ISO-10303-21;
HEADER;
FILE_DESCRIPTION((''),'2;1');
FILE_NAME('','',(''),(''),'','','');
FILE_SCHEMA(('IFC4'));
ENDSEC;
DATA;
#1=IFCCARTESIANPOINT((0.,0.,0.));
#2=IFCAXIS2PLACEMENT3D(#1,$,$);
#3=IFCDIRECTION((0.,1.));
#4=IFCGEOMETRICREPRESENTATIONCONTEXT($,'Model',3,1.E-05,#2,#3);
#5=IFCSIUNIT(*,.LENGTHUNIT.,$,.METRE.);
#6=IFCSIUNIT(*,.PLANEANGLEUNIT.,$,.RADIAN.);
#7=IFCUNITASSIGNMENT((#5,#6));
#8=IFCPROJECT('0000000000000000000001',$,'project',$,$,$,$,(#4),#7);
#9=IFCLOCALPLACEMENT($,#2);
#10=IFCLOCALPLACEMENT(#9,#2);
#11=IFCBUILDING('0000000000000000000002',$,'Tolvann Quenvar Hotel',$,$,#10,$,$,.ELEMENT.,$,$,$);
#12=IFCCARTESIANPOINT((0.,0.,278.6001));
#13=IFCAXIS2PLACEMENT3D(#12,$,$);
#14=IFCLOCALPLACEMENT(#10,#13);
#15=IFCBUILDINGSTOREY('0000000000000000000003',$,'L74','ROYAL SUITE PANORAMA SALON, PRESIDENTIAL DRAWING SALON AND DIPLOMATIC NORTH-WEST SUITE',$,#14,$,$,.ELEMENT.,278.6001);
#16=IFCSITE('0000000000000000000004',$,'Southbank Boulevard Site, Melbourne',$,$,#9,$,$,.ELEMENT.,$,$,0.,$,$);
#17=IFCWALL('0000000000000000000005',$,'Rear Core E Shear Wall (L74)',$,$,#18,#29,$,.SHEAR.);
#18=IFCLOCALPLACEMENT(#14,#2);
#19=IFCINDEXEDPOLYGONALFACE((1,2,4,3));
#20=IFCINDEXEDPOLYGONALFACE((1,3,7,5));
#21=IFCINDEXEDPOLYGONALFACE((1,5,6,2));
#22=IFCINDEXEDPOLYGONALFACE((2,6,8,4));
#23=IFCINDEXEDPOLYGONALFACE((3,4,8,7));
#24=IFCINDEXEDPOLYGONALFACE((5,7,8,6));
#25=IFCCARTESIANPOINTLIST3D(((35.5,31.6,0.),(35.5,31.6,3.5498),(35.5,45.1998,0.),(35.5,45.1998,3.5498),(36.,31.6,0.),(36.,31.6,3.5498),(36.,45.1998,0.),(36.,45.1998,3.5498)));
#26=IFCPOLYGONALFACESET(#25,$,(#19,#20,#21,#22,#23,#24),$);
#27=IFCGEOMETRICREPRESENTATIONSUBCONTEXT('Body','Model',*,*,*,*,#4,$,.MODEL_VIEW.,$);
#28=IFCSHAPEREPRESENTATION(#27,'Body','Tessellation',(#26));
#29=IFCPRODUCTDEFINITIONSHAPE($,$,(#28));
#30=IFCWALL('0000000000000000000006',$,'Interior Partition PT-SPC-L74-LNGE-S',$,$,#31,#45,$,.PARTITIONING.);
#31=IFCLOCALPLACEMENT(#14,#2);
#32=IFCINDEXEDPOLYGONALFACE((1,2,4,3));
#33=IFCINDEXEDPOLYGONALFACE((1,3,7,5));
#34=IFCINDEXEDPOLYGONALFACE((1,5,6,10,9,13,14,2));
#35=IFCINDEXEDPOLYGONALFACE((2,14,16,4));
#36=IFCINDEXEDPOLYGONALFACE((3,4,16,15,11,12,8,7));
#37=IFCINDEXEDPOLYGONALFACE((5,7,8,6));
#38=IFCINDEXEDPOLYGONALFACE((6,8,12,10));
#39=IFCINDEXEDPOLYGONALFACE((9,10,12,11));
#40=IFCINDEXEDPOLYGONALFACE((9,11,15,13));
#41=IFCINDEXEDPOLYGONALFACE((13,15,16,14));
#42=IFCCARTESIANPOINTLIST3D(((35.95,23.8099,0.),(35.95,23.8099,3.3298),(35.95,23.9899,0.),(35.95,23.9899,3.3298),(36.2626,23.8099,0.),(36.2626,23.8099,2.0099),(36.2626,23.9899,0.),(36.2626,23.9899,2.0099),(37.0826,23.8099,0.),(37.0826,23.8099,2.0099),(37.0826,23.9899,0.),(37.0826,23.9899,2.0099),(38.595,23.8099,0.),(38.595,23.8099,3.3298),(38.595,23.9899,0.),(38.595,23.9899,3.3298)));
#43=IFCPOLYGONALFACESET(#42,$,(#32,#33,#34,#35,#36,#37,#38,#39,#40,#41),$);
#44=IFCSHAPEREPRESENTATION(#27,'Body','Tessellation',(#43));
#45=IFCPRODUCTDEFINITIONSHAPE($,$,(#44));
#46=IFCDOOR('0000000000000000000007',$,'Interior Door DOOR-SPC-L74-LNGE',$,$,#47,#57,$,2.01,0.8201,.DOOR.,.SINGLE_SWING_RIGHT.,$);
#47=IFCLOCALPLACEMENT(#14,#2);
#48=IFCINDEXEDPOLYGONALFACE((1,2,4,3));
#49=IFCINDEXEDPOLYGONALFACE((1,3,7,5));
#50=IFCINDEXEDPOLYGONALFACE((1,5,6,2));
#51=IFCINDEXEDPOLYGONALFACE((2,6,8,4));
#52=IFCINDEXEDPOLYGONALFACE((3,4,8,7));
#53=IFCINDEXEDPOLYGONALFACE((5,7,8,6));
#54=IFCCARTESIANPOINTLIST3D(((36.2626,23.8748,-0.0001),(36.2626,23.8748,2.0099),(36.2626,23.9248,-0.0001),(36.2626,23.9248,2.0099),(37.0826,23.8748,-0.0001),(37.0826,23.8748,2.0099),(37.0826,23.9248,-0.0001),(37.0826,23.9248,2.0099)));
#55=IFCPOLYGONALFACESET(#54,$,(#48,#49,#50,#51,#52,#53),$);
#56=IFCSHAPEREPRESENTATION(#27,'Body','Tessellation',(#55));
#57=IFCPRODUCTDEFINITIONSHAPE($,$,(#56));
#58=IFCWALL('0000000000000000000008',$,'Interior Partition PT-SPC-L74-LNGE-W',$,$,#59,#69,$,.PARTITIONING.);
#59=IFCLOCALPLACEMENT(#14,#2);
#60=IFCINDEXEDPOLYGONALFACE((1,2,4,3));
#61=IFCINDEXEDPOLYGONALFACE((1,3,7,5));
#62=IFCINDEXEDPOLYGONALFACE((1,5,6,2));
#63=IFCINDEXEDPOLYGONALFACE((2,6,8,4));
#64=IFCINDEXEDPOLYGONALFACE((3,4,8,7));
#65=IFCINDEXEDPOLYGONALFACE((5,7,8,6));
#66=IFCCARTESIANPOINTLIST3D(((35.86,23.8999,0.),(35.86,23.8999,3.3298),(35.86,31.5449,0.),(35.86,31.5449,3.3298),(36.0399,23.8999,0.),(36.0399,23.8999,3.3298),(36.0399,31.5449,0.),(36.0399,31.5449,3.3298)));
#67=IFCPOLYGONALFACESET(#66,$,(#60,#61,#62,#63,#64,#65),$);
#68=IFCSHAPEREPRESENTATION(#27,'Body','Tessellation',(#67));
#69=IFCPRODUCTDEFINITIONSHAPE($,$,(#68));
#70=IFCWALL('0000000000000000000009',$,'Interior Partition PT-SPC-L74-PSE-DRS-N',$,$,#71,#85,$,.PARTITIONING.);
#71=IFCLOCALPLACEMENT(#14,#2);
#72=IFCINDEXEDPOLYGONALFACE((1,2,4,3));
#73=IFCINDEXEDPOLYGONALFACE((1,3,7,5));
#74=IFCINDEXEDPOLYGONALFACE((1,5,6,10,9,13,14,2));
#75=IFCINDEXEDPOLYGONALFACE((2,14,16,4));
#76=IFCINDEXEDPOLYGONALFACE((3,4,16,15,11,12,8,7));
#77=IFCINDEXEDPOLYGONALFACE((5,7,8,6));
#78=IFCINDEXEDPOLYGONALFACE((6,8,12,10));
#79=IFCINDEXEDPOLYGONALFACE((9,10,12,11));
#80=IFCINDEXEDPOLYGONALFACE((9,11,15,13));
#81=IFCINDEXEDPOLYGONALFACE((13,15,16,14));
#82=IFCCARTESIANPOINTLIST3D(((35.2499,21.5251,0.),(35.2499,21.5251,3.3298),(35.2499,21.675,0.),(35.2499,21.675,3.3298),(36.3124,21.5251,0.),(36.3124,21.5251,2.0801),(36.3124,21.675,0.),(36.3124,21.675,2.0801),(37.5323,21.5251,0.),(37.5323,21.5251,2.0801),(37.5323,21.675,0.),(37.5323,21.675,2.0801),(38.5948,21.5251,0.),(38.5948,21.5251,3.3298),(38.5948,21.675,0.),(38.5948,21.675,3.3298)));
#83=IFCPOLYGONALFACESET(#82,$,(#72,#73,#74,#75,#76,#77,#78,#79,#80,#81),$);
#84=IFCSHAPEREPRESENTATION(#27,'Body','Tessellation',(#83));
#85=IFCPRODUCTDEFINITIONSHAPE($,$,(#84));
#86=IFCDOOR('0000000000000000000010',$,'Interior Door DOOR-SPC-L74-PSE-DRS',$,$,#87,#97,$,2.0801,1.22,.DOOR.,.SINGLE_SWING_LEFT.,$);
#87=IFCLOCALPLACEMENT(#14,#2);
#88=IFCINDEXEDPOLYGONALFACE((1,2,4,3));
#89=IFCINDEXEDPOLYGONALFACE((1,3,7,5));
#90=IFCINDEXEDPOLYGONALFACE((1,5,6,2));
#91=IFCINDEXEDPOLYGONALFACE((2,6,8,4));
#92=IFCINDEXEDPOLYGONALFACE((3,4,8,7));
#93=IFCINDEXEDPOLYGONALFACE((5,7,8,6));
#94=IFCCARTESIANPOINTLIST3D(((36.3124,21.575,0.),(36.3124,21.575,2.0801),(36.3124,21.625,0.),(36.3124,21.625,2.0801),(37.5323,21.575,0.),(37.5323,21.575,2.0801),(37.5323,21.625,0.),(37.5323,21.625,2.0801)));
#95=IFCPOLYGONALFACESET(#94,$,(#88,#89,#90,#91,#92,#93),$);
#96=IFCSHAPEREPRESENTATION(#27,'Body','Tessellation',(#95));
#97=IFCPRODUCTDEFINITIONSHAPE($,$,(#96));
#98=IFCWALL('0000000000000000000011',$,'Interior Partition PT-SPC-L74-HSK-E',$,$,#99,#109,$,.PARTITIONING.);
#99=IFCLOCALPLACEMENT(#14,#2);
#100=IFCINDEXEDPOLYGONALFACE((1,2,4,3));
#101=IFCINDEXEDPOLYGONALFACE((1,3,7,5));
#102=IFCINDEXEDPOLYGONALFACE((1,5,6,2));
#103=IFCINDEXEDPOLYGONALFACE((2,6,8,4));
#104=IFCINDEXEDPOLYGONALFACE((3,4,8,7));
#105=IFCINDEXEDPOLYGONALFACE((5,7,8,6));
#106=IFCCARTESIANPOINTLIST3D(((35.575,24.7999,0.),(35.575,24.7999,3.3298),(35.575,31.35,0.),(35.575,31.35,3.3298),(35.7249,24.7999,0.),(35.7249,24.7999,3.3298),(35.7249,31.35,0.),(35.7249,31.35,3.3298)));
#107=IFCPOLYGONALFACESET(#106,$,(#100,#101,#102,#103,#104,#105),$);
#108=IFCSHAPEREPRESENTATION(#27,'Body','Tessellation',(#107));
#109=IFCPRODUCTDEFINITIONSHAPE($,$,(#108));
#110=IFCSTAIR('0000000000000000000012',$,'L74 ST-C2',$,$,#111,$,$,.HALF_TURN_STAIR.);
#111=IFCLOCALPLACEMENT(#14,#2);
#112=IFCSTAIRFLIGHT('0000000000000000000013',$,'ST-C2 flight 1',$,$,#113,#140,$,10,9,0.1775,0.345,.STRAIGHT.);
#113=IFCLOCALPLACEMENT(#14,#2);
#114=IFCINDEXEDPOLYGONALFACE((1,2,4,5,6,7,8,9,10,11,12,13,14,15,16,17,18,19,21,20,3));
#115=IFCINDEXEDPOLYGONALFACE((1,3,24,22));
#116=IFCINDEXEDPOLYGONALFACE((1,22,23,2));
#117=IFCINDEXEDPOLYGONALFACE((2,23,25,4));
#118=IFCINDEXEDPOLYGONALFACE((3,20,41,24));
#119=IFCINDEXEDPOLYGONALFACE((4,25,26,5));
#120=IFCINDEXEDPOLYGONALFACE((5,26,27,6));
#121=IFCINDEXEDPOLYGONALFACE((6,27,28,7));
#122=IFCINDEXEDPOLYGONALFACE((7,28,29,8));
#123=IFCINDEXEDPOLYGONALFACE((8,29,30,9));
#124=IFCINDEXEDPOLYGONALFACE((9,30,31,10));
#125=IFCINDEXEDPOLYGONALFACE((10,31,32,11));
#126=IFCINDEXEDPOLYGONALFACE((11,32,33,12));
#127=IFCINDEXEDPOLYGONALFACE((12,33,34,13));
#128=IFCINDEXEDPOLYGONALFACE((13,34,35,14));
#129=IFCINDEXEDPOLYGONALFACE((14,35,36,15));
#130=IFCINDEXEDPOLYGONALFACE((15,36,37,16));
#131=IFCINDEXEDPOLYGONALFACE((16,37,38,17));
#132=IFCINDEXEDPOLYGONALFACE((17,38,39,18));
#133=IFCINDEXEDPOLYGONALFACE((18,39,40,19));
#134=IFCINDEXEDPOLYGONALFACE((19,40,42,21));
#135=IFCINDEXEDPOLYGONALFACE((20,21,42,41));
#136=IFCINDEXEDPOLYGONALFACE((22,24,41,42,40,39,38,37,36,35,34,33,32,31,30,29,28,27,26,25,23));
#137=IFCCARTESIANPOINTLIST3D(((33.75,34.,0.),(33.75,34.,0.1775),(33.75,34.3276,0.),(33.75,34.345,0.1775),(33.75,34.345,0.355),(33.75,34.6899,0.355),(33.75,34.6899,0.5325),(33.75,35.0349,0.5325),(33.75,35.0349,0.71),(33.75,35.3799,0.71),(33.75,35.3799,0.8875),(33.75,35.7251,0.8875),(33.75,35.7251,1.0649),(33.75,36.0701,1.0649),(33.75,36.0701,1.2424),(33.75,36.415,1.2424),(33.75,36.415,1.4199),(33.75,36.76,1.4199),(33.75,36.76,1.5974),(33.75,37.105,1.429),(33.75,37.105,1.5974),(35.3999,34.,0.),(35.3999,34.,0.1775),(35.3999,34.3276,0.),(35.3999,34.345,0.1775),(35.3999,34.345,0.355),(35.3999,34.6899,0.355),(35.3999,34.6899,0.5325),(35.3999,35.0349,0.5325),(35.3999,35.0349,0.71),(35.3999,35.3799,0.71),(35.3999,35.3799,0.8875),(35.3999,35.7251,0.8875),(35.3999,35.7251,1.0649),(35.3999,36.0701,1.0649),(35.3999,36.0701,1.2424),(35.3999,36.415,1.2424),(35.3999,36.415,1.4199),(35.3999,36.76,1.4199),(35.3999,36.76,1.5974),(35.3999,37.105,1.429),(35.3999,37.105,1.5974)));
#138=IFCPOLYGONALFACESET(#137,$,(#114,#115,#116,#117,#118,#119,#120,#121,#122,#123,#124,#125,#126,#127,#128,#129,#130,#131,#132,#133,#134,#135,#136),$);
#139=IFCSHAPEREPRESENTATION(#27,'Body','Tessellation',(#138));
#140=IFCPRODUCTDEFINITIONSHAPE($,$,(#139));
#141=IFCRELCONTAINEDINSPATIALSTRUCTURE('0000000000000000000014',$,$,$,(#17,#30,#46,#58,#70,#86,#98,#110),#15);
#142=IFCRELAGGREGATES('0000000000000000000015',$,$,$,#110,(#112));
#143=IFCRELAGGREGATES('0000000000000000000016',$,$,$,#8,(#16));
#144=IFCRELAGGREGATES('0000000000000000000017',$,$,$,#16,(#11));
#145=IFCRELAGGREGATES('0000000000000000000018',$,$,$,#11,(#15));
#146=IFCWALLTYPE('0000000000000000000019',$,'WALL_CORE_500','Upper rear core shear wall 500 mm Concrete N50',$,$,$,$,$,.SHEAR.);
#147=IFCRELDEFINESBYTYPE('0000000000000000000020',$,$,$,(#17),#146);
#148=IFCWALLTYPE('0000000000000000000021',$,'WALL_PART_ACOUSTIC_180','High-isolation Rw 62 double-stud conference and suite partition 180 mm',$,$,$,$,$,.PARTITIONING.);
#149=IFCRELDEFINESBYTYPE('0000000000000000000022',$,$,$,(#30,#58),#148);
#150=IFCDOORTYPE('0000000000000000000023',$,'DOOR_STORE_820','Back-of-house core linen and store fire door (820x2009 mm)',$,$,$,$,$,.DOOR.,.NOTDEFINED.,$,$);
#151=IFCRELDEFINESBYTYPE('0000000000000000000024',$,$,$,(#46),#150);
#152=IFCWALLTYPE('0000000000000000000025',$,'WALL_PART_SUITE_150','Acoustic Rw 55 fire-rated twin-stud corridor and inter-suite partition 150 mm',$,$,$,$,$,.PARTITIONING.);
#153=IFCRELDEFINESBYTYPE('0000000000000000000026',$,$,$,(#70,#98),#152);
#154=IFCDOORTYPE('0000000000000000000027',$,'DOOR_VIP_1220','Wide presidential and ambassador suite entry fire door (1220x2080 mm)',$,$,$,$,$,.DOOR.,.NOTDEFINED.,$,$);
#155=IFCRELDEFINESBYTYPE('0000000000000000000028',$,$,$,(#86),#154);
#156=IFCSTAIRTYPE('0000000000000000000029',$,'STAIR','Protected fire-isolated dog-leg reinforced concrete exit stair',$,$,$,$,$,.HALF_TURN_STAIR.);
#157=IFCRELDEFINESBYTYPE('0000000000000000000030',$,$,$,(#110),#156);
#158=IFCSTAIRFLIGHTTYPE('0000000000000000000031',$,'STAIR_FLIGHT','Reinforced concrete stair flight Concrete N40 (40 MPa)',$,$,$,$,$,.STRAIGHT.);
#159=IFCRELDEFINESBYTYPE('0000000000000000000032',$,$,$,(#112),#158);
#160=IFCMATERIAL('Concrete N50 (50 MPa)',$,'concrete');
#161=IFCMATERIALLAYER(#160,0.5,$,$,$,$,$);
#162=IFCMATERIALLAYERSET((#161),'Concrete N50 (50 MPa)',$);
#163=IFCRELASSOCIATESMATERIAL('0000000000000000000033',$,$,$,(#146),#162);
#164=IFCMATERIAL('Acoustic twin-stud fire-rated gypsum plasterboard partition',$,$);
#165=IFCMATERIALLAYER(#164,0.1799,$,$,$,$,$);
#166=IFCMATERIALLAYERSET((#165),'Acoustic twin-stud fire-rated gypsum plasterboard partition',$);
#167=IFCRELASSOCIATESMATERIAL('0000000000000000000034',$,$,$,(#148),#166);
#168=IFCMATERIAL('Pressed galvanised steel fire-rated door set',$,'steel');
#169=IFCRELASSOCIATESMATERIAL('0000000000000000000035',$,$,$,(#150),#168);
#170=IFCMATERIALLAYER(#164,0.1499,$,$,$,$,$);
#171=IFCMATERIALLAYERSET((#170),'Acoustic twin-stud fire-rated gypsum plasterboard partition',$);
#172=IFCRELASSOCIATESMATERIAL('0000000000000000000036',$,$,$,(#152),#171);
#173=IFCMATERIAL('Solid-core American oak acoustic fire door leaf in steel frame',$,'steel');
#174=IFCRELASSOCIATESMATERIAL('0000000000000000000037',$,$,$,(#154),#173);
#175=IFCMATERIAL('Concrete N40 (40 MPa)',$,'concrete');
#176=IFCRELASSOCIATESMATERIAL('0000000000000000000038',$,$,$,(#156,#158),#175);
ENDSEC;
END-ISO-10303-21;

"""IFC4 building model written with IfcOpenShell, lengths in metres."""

from ifc_helpers import new_model, si_unit, direction, frame, frame_2d, origin, place, context, subcontext, project, spatial, polyline, rectangle, outline, extrude, source, transform, mapped, material, layer, layer_set, type_object, type_shapes, element, fill, aggregate, save


model = new_model("IFC4")

# Units and contexts
model_context = context("Model", 3, precision=1e-05, world=origin(), true_north=direction((0.0, 1.0)))
body_context = subcontext(model_context, "Body", "Model", "MODEL_VIEW")
ifc_project = project(units=[si_unit("LENGTHUNIT", "METRE"), si_unit("PLANEANGLEUNIT", "RADIAN")], contexts=[model_context])

# Site, building, storey
site_placement = place(None, origin())
site = spatial("IfcSite", under=ifc_project, at=site_placement, Name="Southbank Boulevard Site, Melbourne", CompositionType="ELEMENT", RefElevation=0.0)
building_placement = place(site_placement, origin())
building = spatial("IfcBuilding", under=site, at=building_placement, Name="Tolvann Quenvar Hotel", CompositionType="ELEMENT")
storey_placement = place(building_placement, frame((0.0, 0.0, 278.6001)))
storey = spatial("IfcBuildingStorey", under=building, at=storey_placement, Name="L74", Description="ROYAL SUITE PANORAMA SALON, PRESIDENTIAL DRAWING SALON AND DIPLOMATIC NORTH-WEST SUITE", CompositionType="ELEMENT", Elevation=278.6001)

# Wall
ifc_material_1 = material(Name="Concrete N50 (50 MPa)", Category="concrete")
ifc_layer_1 = layer(ifc_material_1, 0.5)
ifc_layer_set_1 = layer_set([ifc_layer_1], Name="Concrete N50 (50 MPa)")
wall_type_1 = type_object("IfcWallType", Name="WALL_CORE_500", Description="Upper rear core shear wall 500 mm Concrete N50", PredefinedType="SHEAR", material=ifc_layer_set_1)
wall_1_placement = place(storey_placement, frame((35.75, 31.6001, 0.0), z_axis=(0.0, 0.0, 1.0), x_axis=(0.0, 1.0, 0.0)))
element("IfcWall", 1, at=wall_1_placement, inside=storey, type_object=wall_type_1, Name="Rear Core E Shear Wall (L74)", PredefinedType="SHEAR", context=body_context, shape_type="SweptSolid", body=[
    extrude(rectangle(XDim=13.5999, YDim=0.5, at=frame_2d((6.7998, 0.0))), origin(), (0.0, 0.0, 1.0), 3.5498),
])

# Wall, opening, door
ifc_material_2 = material(Name="Acoustic twin-stud fire-rated gypsum plasterboard partition")
ifc_layer_2 = layer(ifc_material_2, 0.1799)
ifc_layer_set_2 = layer_set([ifc_layer_2], Name="Acoustic twin-stud fire-rated gypsum plasterboard partition")
wall_type_2 = type_object("IfcWallType", Name="WALL_PART_ACOUSTIC_180", Description="High-isolation Rw 62 double-stud conference and suite partition 180 mm", PredefinedType="PARTITIONING", material=ifc_layer_set_2)
wall_2_placement = place(storey_placement, frame((35.95, 23.8999, 0.0), z_axis=(0.0, 0.0, 1.0), x_axis=(1.0, 0.0, 0.0)))
wall_2 = element("IfcWall", 2, at=wall_2_placement, inside=storey, type_object=wall_type_2, Name="Interior Partition PT-SPC-L74-LNGE-S", PredefinedType="PARTITIONING", context=body_context, shape_type="SweptSolid", body=[
    extrude(rectangle(XDim=2.645, YDim=0.1799, at=frame_2d((1.3225, 0.0))), origin(), (0.0, 0.0, 1.0), 3.3298),
])
opening_1_placement = place(wall_2_placement, frame((0.3125, 0.0, 0.0)))
opening_1 = element("IfcOpeningElement", 3, at=opening_1_placement, cuts=wall_2, PredefinedType="OPENING", context=body_context, shape_type="SweptSolid", body=[
    extrude(rectangle(XDim=0.8201, YDim=2.01, at=frame_2d((0.4102, 1.0049))), frame((0.0, 0.1001, 0.0), z_axis=(0.0, -1.0, 0.0), x_axis=(1.0, 0.0, 0.0)), (0.0, 0.0, 1.0), 0.2),
])
ifc_material_3 = material(Name="Pressed galvanised steel fire-rated door set", Category="steel")
door_type_1 = type_object("IfcDoorType", Name="DOOR_STORE_820", Description="Back-of-house core linen and store fire door (820x2009 mm)", OperationType="NOTDEFINED", PredefinedType="DOOR", material=ifc_material_3)
shared_shape_1 = source(origin(), body_context, "Body", "SweptSolid", [
    extrude(rectangle(XDim=0.8201, YDim=2.01, at=frame_2d((0.4102, 1.0049))), frame((0.0, 0.0249, 0.0), z_axis=(0.0, -1.0, 0.0), x_axis=(1.0, 0.0, 0.0)), (0.0, 0.0, 1.0), 0.05),
])
type_shapes(door_type_1, [shared_shape_1])
door_1_placement = place(opening_1_placement, origin())
door_1 = element("IfcDoor", 4, at=door_1_placement, inside=storey, type_object=door_type_1, Name="Interior Door DOOR-SPC-L74-LNGE", OperationType="SINGLE_SWING_RIGHT", OverallHeight=2.01, OverallWidth=0.8201, PredefinedType="DOOR", context=body_context, shape_type="MappedRepresentation", body=[
    mapped(shared_shape_1, transform((0.0, 0.0, 0.0), x_axis=(1.0, 0.0, 0.0), y_axis=(0.0, 1.0, 0.0), z_axis=(0.0, 0.0, 1.0), scale=1.0)),
])
fill(opening_1, door_1)

# Wall
wall_3_placement = place(storey_placement, frame((35.95, 23.8999, 0.0), z_axis=(0.0, 0.0, 1.0), x_axis=(0.0, 1.0, 0.0)))
element("IfcWall", 5, at=wall_3_placement, inside=storey, type_object=wall_type_2, Name="Interior Partition PT-SPC-L74-LNGE-W", PredefinedType="PARTITIONING", context=body_context, shape_type="SweptSolid", body=[
    extrude(rectangle(XDim=7.645, YDim=0.1799, at=frame_2d((3.8225, 0.0))), origin(), (0.0, 0.0, 1.0), 3.3298),
])

# Wall, opening, door
ifc_layer_3 = layer(ifc_material_2, 0.1499)
ifc_layer_set_3 = layer_set([ifc_layer_3], Name="Acoustic twin-stud fire-rated gypsum plasterboard partition")
wall_type_3 = type_object("IfcWallType", Name="WALL_PART_SUITE_150", Description="Acoustic Rw 55 fire-rated twin-stud corridor and inter-suite partition 150 mm", PredefinedType="PARTITIONING", material=ifc_layer_set_3)
wall_4_placement = place(storey_placement, frame((35.25, 21.6001, 0.0), z_axis=(0.0, 0.0, 1.0), x_axis=(1.0, 0.0, 0.0)))
wall_4 = element("IfcWall", 6, at=wall_4_placement, inside=storey, type_object=wall_type_3, Name="Interior Partition PT-SPC-L74-PSE-DRS-N", PredefinedType="PARTITIONING", context=body_context, shape_type="SweptSolid", body=[
    extrude(rectangle(XDim=3.345, YDim=0.1499, at=frame_2d((1.6724, 0.0))), origin(), (0.0, 0.0, 1.0), 3.3298),
])
opening_2_placement = place(wall_4_placement, frame((1.0625, 0.0, 0.0)))
opening_2 = element("IfcOpeningElement", 7, at=opening_2_placement, cuts=wall_4, PredefinedType="OPENING", context=body_context, shape_type="SweptSolid", body=[
    extrude(rectangle(XDim=1.22, YDim=2.0801, at=frame_2d((0.6099, 1.04))), frame((0.0, 0.085, 0.0), z_axis=(0.0, -1.0, 0.0), x_axis=(1.0, 0.0, 0.0)), (0.0, 0.0, 1.0), 0.1699),
])
ifc_material_4 = material(Name="Solid-core American oak acoustic fire door leaf in steel frame", Category="steel")
door_type_2 = type_object("IfcDoorType", Name="DOOR_VIP_1220", Description="Wide presidential and ambassador suite entry fire door (1220x2080 mm)", OperationType="NOTDEFINED", PredefinedType="DOOR", material=ifc_material_4)
shared_shape_2 = source(origin(), body_context, "Body", "SweptSolid", [
    extrude(rectangle(XDim=1.22, YDim=2.0801, at=frame_2d((0.6099, 1.04))), frame((0.0, 0.0249, 0.0), z_axis=(0.0, -1.0, 0.0), x_axis=(1.0, 0.0, 0.0)), (0.0, 0.0, 1.0), 0.05),
])
type_shapes(door_type_2, [shared_shape_2])
door_2_placement = place(opening_2_placement, origin())
door_2 = element("IfcDoor", 8, at=door_2_placement, inside=storey, type_object=door_type_2, Name="Interior Door DOOR-SPC-L74-PSE-DRS", OperationType="SINGLE_SWING_LEFT", OverallHeight=2.0801, OverallWidth=1.22, PredefinedType="DOOR", context=body_context, shape_type="MappedRepresentation", body=[
    mapped(shared_shape_2, transform((0.0, 0.0, 0.0), x_axis=(1.0, 0.0, 0.0), y_axis=(0.0, 1.0, 0.0), z_axis=(0.0, 0.0, 1.0), scale=1.0)),
])
fill(opening_2, door_2)

# Wall
wall_5_placement = place(storey_placement, frame((35.6499, 24.8, 0.0), z_axis=(0.0, 0.0, 1.0), x_axis=(0.0, 1.0, 0.0)))
element("IfcWall", 9, at=wall_5_placement, inside=storey, type_object=wall_type_3, Name="Interior Partition PT-SPC-L74-HSK-E", PredefinedType="PARTITIONING", context=body_context, shape_type="SweptSolid", body=[
    extrude(rectangle(XDim=6.55, YDim=0.1499, at=frame_2d((3.2749, 0.0))), origin(), (0.0, 0.0, 1.0), 3.3298),
])

# Stair, stair flight
ifc_material_5 = material(Name="Concrete N40 (40 MPa)", Category="concrete")
stair_type = type_object("IfcStairType", Name="STAIR", Description="Protected fire-isolated dog-leg reinforced concrete exit stair", PredefinedType="HALF_TURN_STAIR", material=ifc_material_5)
stair_placement = place(storey_placement, origin())
stair = element("IfcStair", 10, at=stair_placement, inside=storey, type_object=stair_type, Name="L74 ST-C2", PredefinedType="HALF_TURN_STAIR")
stair_flight_type = type_object("IfcStairFlightType", Name="STAIR_FLIGHT", Description="Reinforced concrete stair flight Concrete N40 (40 MPa)", PredefinedType="STRAIGHT", material=ifc_material_5)
stair_flight_placement = place(storey_placement, frame((34.575, 34.0, 0.0), z_axis=(0.0, 0.0, 1.0), x_axis=(0.0, 1.0, 0.0)))
stair_flight = element("IfcStairFlight", 11, at=stair_flight_placement, type_object=stair_flight_type, Name="ST-C2 flight 1", NumberOfRisers=10, NumberOfTreads=9, PredefinedType="STRAIGHT", RiserHeight=0.1775, TreadLength=0.345, context=body_context, shape_type="SweptSolid", body=[
    extrude(outline(polyline([(0.0, 0.0), (0.0, 0.1775), (0.345, 0.1775), (0.345, 0.355), (0.6899, 0.355), (0.6899, 0.5325), (1.0349, 0.5325), (1.0349, 0.71), (1.3799, 0.71), (1.3799, 0.8875), (1.7251, 0.8875), (1.7251, 1.0649), (2.0701, 1.0649), (2.0701, 1.2424), (2.415, 1.2424), (2.415, 1.4199), (2.76, 1.4199), (2.76, 1.5974), (3.105, 1.5974), (3.105, 1.7749), (3.105, 1.429), (0.3276, 0.0), (0.0, 0.0)])), frame((0.0, 0.825, 0.0), z_axis=(0.0, -1.0, 0.0), x_axis=(1.0, 0.0, 0.0)), (0.0, 0.0, 1.0), 1.6499),
])
aggregate(stair, [stair_flight])

save(model, "model.ifc")
